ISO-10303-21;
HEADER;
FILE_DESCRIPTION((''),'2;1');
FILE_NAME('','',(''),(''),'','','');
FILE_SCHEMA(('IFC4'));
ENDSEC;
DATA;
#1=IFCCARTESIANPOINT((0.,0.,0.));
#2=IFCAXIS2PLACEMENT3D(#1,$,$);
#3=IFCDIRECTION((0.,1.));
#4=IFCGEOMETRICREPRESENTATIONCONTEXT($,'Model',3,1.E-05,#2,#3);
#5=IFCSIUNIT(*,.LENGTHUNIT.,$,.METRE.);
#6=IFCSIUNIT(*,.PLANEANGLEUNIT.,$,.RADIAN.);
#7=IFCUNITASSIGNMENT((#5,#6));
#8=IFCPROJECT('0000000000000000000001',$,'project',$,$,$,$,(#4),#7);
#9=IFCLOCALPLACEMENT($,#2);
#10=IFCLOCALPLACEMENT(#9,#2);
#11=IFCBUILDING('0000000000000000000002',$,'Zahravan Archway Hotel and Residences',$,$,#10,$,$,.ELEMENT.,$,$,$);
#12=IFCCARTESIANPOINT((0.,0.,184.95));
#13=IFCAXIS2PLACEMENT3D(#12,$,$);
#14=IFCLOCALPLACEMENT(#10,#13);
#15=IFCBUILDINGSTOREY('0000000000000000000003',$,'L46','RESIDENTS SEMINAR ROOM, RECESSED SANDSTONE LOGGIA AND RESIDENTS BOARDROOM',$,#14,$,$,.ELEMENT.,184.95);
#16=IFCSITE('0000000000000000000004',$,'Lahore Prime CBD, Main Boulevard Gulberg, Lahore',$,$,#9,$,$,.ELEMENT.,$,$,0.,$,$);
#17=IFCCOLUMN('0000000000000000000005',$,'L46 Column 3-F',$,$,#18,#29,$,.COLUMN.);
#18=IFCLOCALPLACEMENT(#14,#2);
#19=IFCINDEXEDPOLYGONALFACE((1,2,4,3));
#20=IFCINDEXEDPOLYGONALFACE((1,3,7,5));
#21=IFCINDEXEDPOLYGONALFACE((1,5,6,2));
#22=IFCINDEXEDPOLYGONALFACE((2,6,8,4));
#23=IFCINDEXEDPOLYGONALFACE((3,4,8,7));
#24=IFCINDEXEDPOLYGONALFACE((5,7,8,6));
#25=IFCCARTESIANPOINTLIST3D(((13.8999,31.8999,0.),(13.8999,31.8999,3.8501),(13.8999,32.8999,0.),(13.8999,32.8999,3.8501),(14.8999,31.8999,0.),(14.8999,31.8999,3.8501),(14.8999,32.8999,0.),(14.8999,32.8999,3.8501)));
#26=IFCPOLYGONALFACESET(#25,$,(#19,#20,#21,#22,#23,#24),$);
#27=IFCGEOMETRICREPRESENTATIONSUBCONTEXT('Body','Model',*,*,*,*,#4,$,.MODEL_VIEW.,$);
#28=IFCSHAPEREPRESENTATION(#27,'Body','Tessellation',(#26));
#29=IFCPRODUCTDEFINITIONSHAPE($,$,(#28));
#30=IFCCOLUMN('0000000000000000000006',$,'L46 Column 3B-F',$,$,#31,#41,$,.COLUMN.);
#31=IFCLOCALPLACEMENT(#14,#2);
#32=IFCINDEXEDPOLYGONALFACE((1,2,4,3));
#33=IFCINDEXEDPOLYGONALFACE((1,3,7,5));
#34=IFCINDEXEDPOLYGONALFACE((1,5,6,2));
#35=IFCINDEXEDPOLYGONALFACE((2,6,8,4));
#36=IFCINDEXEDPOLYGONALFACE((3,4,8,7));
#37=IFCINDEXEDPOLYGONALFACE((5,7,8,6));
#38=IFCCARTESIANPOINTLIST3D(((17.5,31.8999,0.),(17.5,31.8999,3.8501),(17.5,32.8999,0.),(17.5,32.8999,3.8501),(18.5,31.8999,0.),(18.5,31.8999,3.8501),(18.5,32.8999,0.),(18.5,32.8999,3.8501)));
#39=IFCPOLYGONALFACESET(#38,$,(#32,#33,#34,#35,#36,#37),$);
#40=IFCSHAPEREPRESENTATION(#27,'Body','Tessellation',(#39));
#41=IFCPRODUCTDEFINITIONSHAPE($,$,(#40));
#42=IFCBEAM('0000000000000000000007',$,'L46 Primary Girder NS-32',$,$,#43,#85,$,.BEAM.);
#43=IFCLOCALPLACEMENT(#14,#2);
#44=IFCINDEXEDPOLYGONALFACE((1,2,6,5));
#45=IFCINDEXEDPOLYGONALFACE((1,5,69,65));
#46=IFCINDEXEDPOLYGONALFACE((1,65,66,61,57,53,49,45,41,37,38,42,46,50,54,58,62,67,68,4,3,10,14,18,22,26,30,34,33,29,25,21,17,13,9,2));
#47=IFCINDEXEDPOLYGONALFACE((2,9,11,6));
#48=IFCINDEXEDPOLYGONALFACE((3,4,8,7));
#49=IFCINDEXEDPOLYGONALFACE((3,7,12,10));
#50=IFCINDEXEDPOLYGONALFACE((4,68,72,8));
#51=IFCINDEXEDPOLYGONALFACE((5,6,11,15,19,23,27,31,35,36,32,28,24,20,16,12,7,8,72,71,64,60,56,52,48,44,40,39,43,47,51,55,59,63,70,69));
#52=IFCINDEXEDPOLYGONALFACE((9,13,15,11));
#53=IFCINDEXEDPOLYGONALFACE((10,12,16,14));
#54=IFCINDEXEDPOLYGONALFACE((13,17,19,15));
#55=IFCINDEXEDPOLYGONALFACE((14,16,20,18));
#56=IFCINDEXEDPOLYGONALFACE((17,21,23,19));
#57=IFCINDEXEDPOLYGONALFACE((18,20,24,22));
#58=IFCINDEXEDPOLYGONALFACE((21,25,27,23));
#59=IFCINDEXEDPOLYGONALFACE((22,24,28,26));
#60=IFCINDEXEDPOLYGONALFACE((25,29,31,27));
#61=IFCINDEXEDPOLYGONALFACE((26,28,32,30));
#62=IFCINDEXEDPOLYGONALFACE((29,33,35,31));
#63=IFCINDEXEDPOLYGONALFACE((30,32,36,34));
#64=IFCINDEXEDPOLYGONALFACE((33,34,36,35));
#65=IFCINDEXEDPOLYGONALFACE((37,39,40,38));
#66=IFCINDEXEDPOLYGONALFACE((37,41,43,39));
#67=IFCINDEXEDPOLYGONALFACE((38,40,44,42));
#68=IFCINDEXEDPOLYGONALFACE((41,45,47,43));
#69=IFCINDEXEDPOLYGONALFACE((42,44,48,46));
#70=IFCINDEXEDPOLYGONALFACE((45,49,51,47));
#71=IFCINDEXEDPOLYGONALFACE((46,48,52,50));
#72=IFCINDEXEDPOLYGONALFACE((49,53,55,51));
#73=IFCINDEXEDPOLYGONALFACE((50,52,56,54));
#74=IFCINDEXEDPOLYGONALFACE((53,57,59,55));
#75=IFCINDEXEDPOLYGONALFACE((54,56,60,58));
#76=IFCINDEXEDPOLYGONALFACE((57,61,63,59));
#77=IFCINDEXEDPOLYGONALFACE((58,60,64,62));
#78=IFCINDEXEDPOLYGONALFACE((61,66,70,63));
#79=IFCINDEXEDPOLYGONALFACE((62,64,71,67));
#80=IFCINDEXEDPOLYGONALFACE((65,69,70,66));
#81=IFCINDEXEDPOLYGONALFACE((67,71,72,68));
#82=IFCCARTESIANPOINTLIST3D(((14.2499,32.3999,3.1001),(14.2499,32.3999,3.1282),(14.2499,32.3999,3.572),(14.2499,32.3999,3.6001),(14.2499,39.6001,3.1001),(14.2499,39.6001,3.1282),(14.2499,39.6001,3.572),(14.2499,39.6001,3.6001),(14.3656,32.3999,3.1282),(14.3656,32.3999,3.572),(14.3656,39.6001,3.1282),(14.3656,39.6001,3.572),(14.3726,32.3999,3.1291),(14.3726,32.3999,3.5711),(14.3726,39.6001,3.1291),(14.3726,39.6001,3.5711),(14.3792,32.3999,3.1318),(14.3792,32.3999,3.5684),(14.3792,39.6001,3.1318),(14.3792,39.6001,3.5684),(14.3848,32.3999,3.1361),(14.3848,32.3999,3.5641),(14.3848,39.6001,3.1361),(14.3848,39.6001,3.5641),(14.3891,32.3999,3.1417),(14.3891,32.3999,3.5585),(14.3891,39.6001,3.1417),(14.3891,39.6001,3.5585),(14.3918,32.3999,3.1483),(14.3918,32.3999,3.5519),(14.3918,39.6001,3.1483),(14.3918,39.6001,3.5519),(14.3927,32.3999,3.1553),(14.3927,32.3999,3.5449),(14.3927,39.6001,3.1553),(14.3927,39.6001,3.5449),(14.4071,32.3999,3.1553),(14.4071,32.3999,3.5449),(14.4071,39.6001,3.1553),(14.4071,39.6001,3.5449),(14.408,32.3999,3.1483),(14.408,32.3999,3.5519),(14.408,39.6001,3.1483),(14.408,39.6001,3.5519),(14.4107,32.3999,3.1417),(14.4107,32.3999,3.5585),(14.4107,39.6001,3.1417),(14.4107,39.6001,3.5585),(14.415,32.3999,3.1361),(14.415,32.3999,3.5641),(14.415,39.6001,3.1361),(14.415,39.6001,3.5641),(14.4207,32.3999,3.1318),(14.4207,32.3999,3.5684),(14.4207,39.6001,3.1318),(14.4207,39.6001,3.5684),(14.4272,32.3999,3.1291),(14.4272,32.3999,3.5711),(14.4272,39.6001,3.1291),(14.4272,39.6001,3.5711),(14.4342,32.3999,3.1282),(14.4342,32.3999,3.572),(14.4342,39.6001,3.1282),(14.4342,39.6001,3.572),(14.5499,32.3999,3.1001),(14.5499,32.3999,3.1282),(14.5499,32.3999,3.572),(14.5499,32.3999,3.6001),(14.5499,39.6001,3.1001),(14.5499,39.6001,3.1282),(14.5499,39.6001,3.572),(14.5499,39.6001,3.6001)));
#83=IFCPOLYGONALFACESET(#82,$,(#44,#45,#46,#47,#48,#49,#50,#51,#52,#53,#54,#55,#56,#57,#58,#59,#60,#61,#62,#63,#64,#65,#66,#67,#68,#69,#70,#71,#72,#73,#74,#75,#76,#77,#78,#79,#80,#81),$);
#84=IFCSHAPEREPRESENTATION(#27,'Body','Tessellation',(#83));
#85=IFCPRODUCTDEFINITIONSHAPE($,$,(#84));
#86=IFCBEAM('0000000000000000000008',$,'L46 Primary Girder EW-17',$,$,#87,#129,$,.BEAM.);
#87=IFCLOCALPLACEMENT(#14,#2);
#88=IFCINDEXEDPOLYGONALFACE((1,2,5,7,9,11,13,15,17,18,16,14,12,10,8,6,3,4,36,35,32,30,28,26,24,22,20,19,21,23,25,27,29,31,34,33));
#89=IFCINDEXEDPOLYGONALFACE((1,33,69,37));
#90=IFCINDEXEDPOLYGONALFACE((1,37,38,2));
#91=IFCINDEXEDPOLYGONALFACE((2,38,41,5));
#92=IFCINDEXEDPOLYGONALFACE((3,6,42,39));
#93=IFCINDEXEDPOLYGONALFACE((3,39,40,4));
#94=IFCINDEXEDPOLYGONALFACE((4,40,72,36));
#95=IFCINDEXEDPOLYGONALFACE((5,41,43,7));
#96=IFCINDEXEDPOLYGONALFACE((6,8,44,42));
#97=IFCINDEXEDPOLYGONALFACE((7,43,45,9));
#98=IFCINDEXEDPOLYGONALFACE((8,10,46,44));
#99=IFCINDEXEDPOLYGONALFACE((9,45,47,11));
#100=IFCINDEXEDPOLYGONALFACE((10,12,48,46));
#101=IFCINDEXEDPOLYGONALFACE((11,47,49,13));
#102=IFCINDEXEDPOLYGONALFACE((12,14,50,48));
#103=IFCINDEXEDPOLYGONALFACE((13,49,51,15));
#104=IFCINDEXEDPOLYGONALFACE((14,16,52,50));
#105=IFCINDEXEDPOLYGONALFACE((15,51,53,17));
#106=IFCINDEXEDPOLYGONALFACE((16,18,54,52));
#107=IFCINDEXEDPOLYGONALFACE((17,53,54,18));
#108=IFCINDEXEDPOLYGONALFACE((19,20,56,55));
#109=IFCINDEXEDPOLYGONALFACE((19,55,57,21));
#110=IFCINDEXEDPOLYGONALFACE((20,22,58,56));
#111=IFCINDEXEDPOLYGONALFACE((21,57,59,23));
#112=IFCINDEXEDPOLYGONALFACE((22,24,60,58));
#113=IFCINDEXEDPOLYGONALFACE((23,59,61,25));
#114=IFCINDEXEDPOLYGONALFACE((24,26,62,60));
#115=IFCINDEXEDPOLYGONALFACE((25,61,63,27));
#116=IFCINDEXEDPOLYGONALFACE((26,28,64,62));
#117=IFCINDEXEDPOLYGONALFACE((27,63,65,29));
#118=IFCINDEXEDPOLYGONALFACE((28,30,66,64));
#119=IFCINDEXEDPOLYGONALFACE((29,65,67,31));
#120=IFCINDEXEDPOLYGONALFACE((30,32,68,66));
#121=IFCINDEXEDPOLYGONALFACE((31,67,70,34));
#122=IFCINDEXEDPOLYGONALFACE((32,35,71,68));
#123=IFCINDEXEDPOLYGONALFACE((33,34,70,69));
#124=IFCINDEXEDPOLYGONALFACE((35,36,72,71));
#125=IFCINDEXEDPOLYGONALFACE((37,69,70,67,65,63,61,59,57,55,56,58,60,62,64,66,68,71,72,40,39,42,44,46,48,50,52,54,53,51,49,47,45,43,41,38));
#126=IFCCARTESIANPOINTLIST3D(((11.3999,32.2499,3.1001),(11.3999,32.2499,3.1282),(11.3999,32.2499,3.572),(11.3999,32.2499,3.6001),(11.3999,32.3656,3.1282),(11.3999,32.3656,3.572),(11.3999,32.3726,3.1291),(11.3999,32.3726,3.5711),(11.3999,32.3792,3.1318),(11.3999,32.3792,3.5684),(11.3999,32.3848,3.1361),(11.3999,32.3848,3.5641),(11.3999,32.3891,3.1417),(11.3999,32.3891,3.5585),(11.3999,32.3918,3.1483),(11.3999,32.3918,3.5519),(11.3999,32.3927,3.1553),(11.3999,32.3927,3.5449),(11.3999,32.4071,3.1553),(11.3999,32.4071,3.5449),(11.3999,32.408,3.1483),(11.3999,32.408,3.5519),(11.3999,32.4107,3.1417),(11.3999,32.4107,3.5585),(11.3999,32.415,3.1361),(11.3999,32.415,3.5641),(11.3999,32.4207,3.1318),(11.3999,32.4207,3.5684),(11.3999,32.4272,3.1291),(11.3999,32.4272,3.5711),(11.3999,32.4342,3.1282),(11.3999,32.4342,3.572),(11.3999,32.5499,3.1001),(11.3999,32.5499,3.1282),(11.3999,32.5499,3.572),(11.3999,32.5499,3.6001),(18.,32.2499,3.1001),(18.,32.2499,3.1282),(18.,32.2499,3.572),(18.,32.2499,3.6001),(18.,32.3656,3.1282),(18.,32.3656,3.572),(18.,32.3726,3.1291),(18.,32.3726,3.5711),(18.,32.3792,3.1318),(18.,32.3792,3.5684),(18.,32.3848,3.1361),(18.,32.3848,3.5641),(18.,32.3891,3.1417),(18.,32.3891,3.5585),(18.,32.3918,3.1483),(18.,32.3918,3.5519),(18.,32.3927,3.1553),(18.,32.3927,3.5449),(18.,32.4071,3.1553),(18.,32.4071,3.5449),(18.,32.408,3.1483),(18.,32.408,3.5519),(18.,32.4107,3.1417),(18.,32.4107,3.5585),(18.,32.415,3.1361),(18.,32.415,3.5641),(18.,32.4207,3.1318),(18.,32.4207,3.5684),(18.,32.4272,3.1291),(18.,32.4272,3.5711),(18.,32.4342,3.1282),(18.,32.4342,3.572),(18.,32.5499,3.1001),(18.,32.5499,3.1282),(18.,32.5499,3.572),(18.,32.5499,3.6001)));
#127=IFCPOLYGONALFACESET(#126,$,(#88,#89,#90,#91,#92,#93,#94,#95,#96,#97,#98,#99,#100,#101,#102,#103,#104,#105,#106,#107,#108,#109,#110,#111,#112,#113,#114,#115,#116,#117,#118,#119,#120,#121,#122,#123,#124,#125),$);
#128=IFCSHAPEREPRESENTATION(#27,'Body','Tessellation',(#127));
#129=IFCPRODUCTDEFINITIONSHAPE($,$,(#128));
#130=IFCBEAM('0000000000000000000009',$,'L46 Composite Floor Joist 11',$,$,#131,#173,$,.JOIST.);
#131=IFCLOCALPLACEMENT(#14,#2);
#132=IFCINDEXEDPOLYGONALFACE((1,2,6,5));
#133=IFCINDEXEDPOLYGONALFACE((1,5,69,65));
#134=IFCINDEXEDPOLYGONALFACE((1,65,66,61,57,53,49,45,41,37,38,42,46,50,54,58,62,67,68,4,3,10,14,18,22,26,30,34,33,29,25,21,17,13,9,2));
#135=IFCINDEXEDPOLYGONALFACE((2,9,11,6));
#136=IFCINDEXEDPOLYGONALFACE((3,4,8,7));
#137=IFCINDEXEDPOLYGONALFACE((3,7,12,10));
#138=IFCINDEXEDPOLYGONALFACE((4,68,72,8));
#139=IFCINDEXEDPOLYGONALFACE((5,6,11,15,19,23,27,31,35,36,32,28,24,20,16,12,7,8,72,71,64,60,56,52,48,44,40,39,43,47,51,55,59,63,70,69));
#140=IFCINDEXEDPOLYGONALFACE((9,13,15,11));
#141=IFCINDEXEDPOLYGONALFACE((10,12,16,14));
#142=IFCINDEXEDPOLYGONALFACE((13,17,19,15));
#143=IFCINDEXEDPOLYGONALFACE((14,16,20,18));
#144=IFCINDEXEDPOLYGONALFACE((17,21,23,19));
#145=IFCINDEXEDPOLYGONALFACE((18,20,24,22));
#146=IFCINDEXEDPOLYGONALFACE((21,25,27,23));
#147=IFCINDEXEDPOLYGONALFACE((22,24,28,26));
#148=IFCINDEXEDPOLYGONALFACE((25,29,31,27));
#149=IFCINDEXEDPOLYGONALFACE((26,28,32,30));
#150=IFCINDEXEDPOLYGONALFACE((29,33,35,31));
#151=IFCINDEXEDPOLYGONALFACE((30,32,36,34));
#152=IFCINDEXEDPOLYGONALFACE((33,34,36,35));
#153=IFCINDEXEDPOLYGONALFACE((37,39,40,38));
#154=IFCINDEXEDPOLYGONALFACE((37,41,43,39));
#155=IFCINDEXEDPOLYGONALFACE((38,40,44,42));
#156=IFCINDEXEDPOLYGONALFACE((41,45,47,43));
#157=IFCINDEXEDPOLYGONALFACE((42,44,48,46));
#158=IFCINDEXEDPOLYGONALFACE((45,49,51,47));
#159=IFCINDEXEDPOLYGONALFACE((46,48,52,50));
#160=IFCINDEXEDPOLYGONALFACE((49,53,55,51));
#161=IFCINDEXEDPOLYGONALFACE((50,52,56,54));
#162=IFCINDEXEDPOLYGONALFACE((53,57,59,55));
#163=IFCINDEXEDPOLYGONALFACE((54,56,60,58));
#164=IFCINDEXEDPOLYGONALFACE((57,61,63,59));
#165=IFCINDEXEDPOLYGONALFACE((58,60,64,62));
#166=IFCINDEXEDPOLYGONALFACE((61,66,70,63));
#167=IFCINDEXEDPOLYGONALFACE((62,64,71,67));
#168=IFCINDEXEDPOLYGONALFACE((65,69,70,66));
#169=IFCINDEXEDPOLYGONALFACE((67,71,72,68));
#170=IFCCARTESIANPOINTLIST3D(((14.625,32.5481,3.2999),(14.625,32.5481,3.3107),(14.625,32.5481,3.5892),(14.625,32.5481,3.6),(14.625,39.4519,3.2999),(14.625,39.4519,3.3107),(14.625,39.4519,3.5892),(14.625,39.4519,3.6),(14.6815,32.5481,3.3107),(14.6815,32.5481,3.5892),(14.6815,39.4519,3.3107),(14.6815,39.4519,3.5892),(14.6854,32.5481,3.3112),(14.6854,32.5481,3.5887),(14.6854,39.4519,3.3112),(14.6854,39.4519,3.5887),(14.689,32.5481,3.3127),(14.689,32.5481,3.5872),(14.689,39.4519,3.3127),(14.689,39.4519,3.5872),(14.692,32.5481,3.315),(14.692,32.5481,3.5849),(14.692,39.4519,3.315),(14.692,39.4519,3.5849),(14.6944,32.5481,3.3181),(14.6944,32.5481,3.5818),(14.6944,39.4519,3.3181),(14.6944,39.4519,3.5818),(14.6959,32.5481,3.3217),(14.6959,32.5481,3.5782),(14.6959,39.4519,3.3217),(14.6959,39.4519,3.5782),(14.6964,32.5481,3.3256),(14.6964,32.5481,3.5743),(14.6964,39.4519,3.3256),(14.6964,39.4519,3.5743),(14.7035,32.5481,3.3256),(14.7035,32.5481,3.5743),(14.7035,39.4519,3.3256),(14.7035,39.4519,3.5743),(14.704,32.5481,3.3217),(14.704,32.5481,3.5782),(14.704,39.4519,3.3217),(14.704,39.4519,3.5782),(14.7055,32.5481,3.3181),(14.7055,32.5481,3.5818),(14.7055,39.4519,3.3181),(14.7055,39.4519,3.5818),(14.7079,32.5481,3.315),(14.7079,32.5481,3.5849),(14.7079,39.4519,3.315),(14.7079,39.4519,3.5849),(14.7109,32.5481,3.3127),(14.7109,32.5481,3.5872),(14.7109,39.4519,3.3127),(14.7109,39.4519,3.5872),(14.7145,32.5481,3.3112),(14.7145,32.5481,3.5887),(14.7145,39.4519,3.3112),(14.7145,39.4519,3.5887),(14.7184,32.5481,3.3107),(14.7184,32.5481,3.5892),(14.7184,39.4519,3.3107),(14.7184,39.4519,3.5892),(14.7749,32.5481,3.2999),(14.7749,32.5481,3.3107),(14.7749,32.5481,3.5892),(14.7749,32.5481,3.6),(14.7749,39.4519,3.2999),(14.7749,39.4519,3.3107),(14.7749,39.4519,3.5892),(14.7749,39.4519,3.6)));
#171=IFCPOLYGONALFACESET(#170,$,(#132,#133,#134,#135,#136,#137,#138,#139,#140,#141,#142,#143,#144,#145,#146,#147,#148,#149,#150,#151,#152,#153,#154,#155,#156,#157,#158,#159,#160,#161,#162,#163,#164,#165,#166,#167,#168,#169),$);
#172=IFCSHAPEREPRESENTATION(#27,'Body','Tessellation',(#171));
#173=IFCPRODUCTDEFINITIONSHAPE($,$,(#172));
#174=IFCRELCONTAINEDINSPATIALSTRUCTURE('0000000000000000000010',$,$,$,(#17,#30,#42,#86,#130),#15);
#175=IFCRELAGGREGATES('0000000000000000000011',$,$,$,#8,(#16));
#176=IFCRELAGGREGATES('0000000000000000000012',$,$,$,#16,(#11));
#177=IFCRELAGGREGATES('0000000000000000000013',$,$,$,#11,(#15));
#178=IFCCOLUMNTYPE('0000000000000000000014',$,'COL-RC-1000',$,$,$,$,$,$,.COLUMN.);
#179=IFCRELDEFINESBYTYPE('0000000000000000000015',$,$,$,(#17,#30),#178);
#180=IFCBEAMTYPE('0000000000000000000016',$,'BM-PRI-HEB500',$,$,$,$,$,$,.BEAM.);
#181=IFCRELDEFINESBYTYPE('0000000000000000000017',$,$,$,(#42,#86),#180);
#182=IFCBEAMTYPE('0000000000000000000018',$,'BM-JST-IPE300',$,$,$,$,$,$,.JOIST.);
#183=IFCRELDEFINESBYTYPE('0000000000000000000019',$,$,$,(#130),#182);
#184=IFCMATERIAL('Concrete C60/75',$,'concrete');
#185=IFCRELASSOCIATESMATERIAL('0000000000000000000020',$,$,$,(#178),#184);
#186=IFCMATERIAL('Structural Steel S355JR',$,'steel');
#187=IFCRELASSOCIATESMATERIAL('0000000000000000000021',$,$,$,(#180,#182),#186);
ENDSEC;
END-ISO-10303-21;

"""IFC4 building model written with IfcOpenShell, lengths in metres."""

from ifc_helpers import new_model, si_unit, direction, frame, origin, origin_2d, place, context, subcontext, project, spatial, rectangle, i_section, extrude, source, transform, mapped, material, material_profile, profile_set, type_object, type_shapes, element, save


model = new_model("IFC4")

# Units and contexts
model_context = context("Model", 3, precision=1e-05, world=origin(), true_north=direction((0.0, 1.0)))
body_context = subcontext(model_context, "Body", "Model", "MODEL_VIEW")
ifc_project = project(units=[si_unit("LENGTHUNIT", "METRE"), si_unit("PLANEANGLEUNIT", "RADIAN")], contexts=[model_context])

# Site, building, storey
site_placement = place(None, origin())
site = spatial("IfcSite", under=ifc_project, at=site_placement, Name="Lahore Prime CBD, Main Boulevard Gulberg, Lahore", CompositionType="ELEMENT", RefElevation=0.0)
building_placement = place(site_placement, origin())
building = spatial("IfcBuilding", under=site, at=building_placement, Name="Zahravan Archway Hotel and Residences", CompositionType="ELEMENT")
storey_placement = place(building_placement, frame((0.0, 0.0, 184.95)))
storey = spatial("IfcBuildingStorey", under=building, at=storey_placement, Name="L46", Description="RESIDENTS SEMINAR ROOM, RECESSED SANDSTONE LOGGIA AND RESIDENTS BOARDROOM", CompositionType="ELEMENT", Elevation=184.95)

# Columns
ifc_material_1 = material(Name="Concrete C60/75", Category="concrete")
ifc_material_profile_1 = material_profile(ifc_material_1, rectangle(XDim=1.0, YDim=1.0, at=origin_2d()), Name="RC-COL-1000x1000", Category="concrete")
ifc_profile_set_1 = profile_set([ifc_material_profile_1], Name="Concrete C60/75")
column_type = type_object("IfcColumnType", Name="COL-RC-1000", PredefinedType="COLUMN", material=ifc_profile_set_1)
shared_shape_1 = source(origin(), body_context, "Body", "SweptSolid", [
    extrude(rectangle(XDim=1.0, YDim=1.0, at=origin_2d()), origin(), (0.0, 0.0, 1.0), 3.8501),
])
for number, where, z_axis, x_axis, name in (
    (1, (14.3999, 32.3999, 0.0), (0.0, 0.0, 1.0), (1.0, 0.0, 0.0), "L46 Column 3-F"),
    (2, (18.0, 32.3999, 0.0), (0.0, 0.0, 1.0), (1.0, 0.0, 0.0), "L46 Column 3B-F"),
):
    element("IfcColumn", number, at=place(storey_placement, frame(where, z_axis=z_axis, x_axis=x_axis)), inside=storey, type_object=column_type, Name=name, PredefinedType="COLUMN", context=body_context, shape_type="MappedRepresentation", body=[
        mapped(shared_shape_1, transform((0.0, 0.0, 0.0), scale=1.0)),
    ])

# Beams
ifc_material_2 = material(Name="Structural Steel S355JR", Category="steel")
ifc_material_profile_2 = material_profile(ifc_material_2, i_section(OverallWidth=0.3, OverallDepth=0.5, WebThickness=0.0144, FlangeThickness=0.0281, FilletRadius=0.0271, at=origin_2d()), Name="HEB 500", Category="steel")
ifc_profile_set_2 = profile_set([ifc_material_profile_2], Name="Structural Steel S355JR")
beam_type_1 = type_object("IfcBeamType", Name="BM-PRI-HEB500", PredefinedType="BEAM", material=ifc_profile_set_2)
shared_shape_2 = source(origin(), body_context, "Body", "SweptSolid", [
    extrude(i_section(OverallWidth=0.3, OverallDepth=0.5, WebThickness=0.0144, FlangeThickness=0.0281, FilletRadius=0.0271, at=origin_2d()), origin(), (0.0, 0.0, 1.0), 7.2002),
])
type_shapes(beam_type_1, [shared_shape_2])
beam_1_placement = place(storey_placement, frame((14.3999, 32.3999, 3.3501), z_axis=(0.0, 1.0, 0.0), x_axis=(-1.0, 0.0, 0.0)))
element("IfcBeam", 3, at=beam_1_placement, inside=storey, type_object=beam_type_1, Name="L46 Primary Girder NS-32", PredefinedType="BEAM", context=body_context, shape_type="MappedRepresentation", body=[
    mapped(shared_shape_2, transform((0.0, 0.0, 0.0), scale=1.0)),
])
shared_shape_3 = source(origin(), body_context, "Body", "SweptSolid", [
    extrude(i_section(OverallWidth=0.3, OverallDepth=0.5, WebThickness=0.0144, FlangeThickness=0.0281, FilletRadius=0.0271, at=origin_2d()), origin(), (0.0, 0.0, 1.0), 6.6001),
])
beam_2_placement = place(storey_placement, frame((11.3999, 32.3999, 3.3501), z_axis=(1.0, 0.0, 0.0), x_axis=(0.0, 1.0, 0.0)))
element("IfcBeam", 4, at=beam_2_placement, inside=storey, type_object=beam_type_1, Name="L46 Primary Girder EW-17", PredefinedType="BEAM", context=body_context, shape_type="MappedRepresentation", body=[
    mapped(shared_shape_3, transform((0.0, 0.0, 0.0), scale=1.0)),
])
ifc_material_profile_3 = material_profile(ifc_material_2, i_section(OverallWidth=0.1499, OverallDepth=0.3, WebThickness=0.0071, FlangeThickness=0.0107, FilletRadius=0.0149, at=origin_2d()), Name="IPE 300", Category="steel")
ifc_profile_set_3 = profile_set([ifc_material_profile_3], Name="Structural Steel S355JR")
beam_type_2 = type_object("IfcBeamType", Name="BM-JST-IPE300", PredefinedType="JOIST", material=ifc_profile_set_3)
shared_shape_4 = source(origin(), body_context, "Body", "SweptSolid", [
    extrude(i_section(OverallWidth=0.1499, OverallDepth=0.3, WebThickness=0.0071, FlangeThickness=0.0107, FilletRadius=0.0149, at=origin_2d()), origin(), (0.0, 0.0, 1.0), 6.9038),
])
beam_3_placement = place(storey_placement, frame((14.7, 32.5481, 3.45), z_axis=(0.0, 1.0, 0.0), x_axis=(-1.0, 0.0, 0.0)))
element("IfcBeam", 5, at=beam_3_placement, inside=storey, type_object=beam_type_2, Name="L46 Composite Floor Joist 11", PredefinedType="JOIST", context=body_context, shape_type="MappedRepresentation", body=[
    mapped(shared_shape_4, transform((0.0, 0.0, 0.0), scale=1.0)),
])

save(model, "model.ifc")
